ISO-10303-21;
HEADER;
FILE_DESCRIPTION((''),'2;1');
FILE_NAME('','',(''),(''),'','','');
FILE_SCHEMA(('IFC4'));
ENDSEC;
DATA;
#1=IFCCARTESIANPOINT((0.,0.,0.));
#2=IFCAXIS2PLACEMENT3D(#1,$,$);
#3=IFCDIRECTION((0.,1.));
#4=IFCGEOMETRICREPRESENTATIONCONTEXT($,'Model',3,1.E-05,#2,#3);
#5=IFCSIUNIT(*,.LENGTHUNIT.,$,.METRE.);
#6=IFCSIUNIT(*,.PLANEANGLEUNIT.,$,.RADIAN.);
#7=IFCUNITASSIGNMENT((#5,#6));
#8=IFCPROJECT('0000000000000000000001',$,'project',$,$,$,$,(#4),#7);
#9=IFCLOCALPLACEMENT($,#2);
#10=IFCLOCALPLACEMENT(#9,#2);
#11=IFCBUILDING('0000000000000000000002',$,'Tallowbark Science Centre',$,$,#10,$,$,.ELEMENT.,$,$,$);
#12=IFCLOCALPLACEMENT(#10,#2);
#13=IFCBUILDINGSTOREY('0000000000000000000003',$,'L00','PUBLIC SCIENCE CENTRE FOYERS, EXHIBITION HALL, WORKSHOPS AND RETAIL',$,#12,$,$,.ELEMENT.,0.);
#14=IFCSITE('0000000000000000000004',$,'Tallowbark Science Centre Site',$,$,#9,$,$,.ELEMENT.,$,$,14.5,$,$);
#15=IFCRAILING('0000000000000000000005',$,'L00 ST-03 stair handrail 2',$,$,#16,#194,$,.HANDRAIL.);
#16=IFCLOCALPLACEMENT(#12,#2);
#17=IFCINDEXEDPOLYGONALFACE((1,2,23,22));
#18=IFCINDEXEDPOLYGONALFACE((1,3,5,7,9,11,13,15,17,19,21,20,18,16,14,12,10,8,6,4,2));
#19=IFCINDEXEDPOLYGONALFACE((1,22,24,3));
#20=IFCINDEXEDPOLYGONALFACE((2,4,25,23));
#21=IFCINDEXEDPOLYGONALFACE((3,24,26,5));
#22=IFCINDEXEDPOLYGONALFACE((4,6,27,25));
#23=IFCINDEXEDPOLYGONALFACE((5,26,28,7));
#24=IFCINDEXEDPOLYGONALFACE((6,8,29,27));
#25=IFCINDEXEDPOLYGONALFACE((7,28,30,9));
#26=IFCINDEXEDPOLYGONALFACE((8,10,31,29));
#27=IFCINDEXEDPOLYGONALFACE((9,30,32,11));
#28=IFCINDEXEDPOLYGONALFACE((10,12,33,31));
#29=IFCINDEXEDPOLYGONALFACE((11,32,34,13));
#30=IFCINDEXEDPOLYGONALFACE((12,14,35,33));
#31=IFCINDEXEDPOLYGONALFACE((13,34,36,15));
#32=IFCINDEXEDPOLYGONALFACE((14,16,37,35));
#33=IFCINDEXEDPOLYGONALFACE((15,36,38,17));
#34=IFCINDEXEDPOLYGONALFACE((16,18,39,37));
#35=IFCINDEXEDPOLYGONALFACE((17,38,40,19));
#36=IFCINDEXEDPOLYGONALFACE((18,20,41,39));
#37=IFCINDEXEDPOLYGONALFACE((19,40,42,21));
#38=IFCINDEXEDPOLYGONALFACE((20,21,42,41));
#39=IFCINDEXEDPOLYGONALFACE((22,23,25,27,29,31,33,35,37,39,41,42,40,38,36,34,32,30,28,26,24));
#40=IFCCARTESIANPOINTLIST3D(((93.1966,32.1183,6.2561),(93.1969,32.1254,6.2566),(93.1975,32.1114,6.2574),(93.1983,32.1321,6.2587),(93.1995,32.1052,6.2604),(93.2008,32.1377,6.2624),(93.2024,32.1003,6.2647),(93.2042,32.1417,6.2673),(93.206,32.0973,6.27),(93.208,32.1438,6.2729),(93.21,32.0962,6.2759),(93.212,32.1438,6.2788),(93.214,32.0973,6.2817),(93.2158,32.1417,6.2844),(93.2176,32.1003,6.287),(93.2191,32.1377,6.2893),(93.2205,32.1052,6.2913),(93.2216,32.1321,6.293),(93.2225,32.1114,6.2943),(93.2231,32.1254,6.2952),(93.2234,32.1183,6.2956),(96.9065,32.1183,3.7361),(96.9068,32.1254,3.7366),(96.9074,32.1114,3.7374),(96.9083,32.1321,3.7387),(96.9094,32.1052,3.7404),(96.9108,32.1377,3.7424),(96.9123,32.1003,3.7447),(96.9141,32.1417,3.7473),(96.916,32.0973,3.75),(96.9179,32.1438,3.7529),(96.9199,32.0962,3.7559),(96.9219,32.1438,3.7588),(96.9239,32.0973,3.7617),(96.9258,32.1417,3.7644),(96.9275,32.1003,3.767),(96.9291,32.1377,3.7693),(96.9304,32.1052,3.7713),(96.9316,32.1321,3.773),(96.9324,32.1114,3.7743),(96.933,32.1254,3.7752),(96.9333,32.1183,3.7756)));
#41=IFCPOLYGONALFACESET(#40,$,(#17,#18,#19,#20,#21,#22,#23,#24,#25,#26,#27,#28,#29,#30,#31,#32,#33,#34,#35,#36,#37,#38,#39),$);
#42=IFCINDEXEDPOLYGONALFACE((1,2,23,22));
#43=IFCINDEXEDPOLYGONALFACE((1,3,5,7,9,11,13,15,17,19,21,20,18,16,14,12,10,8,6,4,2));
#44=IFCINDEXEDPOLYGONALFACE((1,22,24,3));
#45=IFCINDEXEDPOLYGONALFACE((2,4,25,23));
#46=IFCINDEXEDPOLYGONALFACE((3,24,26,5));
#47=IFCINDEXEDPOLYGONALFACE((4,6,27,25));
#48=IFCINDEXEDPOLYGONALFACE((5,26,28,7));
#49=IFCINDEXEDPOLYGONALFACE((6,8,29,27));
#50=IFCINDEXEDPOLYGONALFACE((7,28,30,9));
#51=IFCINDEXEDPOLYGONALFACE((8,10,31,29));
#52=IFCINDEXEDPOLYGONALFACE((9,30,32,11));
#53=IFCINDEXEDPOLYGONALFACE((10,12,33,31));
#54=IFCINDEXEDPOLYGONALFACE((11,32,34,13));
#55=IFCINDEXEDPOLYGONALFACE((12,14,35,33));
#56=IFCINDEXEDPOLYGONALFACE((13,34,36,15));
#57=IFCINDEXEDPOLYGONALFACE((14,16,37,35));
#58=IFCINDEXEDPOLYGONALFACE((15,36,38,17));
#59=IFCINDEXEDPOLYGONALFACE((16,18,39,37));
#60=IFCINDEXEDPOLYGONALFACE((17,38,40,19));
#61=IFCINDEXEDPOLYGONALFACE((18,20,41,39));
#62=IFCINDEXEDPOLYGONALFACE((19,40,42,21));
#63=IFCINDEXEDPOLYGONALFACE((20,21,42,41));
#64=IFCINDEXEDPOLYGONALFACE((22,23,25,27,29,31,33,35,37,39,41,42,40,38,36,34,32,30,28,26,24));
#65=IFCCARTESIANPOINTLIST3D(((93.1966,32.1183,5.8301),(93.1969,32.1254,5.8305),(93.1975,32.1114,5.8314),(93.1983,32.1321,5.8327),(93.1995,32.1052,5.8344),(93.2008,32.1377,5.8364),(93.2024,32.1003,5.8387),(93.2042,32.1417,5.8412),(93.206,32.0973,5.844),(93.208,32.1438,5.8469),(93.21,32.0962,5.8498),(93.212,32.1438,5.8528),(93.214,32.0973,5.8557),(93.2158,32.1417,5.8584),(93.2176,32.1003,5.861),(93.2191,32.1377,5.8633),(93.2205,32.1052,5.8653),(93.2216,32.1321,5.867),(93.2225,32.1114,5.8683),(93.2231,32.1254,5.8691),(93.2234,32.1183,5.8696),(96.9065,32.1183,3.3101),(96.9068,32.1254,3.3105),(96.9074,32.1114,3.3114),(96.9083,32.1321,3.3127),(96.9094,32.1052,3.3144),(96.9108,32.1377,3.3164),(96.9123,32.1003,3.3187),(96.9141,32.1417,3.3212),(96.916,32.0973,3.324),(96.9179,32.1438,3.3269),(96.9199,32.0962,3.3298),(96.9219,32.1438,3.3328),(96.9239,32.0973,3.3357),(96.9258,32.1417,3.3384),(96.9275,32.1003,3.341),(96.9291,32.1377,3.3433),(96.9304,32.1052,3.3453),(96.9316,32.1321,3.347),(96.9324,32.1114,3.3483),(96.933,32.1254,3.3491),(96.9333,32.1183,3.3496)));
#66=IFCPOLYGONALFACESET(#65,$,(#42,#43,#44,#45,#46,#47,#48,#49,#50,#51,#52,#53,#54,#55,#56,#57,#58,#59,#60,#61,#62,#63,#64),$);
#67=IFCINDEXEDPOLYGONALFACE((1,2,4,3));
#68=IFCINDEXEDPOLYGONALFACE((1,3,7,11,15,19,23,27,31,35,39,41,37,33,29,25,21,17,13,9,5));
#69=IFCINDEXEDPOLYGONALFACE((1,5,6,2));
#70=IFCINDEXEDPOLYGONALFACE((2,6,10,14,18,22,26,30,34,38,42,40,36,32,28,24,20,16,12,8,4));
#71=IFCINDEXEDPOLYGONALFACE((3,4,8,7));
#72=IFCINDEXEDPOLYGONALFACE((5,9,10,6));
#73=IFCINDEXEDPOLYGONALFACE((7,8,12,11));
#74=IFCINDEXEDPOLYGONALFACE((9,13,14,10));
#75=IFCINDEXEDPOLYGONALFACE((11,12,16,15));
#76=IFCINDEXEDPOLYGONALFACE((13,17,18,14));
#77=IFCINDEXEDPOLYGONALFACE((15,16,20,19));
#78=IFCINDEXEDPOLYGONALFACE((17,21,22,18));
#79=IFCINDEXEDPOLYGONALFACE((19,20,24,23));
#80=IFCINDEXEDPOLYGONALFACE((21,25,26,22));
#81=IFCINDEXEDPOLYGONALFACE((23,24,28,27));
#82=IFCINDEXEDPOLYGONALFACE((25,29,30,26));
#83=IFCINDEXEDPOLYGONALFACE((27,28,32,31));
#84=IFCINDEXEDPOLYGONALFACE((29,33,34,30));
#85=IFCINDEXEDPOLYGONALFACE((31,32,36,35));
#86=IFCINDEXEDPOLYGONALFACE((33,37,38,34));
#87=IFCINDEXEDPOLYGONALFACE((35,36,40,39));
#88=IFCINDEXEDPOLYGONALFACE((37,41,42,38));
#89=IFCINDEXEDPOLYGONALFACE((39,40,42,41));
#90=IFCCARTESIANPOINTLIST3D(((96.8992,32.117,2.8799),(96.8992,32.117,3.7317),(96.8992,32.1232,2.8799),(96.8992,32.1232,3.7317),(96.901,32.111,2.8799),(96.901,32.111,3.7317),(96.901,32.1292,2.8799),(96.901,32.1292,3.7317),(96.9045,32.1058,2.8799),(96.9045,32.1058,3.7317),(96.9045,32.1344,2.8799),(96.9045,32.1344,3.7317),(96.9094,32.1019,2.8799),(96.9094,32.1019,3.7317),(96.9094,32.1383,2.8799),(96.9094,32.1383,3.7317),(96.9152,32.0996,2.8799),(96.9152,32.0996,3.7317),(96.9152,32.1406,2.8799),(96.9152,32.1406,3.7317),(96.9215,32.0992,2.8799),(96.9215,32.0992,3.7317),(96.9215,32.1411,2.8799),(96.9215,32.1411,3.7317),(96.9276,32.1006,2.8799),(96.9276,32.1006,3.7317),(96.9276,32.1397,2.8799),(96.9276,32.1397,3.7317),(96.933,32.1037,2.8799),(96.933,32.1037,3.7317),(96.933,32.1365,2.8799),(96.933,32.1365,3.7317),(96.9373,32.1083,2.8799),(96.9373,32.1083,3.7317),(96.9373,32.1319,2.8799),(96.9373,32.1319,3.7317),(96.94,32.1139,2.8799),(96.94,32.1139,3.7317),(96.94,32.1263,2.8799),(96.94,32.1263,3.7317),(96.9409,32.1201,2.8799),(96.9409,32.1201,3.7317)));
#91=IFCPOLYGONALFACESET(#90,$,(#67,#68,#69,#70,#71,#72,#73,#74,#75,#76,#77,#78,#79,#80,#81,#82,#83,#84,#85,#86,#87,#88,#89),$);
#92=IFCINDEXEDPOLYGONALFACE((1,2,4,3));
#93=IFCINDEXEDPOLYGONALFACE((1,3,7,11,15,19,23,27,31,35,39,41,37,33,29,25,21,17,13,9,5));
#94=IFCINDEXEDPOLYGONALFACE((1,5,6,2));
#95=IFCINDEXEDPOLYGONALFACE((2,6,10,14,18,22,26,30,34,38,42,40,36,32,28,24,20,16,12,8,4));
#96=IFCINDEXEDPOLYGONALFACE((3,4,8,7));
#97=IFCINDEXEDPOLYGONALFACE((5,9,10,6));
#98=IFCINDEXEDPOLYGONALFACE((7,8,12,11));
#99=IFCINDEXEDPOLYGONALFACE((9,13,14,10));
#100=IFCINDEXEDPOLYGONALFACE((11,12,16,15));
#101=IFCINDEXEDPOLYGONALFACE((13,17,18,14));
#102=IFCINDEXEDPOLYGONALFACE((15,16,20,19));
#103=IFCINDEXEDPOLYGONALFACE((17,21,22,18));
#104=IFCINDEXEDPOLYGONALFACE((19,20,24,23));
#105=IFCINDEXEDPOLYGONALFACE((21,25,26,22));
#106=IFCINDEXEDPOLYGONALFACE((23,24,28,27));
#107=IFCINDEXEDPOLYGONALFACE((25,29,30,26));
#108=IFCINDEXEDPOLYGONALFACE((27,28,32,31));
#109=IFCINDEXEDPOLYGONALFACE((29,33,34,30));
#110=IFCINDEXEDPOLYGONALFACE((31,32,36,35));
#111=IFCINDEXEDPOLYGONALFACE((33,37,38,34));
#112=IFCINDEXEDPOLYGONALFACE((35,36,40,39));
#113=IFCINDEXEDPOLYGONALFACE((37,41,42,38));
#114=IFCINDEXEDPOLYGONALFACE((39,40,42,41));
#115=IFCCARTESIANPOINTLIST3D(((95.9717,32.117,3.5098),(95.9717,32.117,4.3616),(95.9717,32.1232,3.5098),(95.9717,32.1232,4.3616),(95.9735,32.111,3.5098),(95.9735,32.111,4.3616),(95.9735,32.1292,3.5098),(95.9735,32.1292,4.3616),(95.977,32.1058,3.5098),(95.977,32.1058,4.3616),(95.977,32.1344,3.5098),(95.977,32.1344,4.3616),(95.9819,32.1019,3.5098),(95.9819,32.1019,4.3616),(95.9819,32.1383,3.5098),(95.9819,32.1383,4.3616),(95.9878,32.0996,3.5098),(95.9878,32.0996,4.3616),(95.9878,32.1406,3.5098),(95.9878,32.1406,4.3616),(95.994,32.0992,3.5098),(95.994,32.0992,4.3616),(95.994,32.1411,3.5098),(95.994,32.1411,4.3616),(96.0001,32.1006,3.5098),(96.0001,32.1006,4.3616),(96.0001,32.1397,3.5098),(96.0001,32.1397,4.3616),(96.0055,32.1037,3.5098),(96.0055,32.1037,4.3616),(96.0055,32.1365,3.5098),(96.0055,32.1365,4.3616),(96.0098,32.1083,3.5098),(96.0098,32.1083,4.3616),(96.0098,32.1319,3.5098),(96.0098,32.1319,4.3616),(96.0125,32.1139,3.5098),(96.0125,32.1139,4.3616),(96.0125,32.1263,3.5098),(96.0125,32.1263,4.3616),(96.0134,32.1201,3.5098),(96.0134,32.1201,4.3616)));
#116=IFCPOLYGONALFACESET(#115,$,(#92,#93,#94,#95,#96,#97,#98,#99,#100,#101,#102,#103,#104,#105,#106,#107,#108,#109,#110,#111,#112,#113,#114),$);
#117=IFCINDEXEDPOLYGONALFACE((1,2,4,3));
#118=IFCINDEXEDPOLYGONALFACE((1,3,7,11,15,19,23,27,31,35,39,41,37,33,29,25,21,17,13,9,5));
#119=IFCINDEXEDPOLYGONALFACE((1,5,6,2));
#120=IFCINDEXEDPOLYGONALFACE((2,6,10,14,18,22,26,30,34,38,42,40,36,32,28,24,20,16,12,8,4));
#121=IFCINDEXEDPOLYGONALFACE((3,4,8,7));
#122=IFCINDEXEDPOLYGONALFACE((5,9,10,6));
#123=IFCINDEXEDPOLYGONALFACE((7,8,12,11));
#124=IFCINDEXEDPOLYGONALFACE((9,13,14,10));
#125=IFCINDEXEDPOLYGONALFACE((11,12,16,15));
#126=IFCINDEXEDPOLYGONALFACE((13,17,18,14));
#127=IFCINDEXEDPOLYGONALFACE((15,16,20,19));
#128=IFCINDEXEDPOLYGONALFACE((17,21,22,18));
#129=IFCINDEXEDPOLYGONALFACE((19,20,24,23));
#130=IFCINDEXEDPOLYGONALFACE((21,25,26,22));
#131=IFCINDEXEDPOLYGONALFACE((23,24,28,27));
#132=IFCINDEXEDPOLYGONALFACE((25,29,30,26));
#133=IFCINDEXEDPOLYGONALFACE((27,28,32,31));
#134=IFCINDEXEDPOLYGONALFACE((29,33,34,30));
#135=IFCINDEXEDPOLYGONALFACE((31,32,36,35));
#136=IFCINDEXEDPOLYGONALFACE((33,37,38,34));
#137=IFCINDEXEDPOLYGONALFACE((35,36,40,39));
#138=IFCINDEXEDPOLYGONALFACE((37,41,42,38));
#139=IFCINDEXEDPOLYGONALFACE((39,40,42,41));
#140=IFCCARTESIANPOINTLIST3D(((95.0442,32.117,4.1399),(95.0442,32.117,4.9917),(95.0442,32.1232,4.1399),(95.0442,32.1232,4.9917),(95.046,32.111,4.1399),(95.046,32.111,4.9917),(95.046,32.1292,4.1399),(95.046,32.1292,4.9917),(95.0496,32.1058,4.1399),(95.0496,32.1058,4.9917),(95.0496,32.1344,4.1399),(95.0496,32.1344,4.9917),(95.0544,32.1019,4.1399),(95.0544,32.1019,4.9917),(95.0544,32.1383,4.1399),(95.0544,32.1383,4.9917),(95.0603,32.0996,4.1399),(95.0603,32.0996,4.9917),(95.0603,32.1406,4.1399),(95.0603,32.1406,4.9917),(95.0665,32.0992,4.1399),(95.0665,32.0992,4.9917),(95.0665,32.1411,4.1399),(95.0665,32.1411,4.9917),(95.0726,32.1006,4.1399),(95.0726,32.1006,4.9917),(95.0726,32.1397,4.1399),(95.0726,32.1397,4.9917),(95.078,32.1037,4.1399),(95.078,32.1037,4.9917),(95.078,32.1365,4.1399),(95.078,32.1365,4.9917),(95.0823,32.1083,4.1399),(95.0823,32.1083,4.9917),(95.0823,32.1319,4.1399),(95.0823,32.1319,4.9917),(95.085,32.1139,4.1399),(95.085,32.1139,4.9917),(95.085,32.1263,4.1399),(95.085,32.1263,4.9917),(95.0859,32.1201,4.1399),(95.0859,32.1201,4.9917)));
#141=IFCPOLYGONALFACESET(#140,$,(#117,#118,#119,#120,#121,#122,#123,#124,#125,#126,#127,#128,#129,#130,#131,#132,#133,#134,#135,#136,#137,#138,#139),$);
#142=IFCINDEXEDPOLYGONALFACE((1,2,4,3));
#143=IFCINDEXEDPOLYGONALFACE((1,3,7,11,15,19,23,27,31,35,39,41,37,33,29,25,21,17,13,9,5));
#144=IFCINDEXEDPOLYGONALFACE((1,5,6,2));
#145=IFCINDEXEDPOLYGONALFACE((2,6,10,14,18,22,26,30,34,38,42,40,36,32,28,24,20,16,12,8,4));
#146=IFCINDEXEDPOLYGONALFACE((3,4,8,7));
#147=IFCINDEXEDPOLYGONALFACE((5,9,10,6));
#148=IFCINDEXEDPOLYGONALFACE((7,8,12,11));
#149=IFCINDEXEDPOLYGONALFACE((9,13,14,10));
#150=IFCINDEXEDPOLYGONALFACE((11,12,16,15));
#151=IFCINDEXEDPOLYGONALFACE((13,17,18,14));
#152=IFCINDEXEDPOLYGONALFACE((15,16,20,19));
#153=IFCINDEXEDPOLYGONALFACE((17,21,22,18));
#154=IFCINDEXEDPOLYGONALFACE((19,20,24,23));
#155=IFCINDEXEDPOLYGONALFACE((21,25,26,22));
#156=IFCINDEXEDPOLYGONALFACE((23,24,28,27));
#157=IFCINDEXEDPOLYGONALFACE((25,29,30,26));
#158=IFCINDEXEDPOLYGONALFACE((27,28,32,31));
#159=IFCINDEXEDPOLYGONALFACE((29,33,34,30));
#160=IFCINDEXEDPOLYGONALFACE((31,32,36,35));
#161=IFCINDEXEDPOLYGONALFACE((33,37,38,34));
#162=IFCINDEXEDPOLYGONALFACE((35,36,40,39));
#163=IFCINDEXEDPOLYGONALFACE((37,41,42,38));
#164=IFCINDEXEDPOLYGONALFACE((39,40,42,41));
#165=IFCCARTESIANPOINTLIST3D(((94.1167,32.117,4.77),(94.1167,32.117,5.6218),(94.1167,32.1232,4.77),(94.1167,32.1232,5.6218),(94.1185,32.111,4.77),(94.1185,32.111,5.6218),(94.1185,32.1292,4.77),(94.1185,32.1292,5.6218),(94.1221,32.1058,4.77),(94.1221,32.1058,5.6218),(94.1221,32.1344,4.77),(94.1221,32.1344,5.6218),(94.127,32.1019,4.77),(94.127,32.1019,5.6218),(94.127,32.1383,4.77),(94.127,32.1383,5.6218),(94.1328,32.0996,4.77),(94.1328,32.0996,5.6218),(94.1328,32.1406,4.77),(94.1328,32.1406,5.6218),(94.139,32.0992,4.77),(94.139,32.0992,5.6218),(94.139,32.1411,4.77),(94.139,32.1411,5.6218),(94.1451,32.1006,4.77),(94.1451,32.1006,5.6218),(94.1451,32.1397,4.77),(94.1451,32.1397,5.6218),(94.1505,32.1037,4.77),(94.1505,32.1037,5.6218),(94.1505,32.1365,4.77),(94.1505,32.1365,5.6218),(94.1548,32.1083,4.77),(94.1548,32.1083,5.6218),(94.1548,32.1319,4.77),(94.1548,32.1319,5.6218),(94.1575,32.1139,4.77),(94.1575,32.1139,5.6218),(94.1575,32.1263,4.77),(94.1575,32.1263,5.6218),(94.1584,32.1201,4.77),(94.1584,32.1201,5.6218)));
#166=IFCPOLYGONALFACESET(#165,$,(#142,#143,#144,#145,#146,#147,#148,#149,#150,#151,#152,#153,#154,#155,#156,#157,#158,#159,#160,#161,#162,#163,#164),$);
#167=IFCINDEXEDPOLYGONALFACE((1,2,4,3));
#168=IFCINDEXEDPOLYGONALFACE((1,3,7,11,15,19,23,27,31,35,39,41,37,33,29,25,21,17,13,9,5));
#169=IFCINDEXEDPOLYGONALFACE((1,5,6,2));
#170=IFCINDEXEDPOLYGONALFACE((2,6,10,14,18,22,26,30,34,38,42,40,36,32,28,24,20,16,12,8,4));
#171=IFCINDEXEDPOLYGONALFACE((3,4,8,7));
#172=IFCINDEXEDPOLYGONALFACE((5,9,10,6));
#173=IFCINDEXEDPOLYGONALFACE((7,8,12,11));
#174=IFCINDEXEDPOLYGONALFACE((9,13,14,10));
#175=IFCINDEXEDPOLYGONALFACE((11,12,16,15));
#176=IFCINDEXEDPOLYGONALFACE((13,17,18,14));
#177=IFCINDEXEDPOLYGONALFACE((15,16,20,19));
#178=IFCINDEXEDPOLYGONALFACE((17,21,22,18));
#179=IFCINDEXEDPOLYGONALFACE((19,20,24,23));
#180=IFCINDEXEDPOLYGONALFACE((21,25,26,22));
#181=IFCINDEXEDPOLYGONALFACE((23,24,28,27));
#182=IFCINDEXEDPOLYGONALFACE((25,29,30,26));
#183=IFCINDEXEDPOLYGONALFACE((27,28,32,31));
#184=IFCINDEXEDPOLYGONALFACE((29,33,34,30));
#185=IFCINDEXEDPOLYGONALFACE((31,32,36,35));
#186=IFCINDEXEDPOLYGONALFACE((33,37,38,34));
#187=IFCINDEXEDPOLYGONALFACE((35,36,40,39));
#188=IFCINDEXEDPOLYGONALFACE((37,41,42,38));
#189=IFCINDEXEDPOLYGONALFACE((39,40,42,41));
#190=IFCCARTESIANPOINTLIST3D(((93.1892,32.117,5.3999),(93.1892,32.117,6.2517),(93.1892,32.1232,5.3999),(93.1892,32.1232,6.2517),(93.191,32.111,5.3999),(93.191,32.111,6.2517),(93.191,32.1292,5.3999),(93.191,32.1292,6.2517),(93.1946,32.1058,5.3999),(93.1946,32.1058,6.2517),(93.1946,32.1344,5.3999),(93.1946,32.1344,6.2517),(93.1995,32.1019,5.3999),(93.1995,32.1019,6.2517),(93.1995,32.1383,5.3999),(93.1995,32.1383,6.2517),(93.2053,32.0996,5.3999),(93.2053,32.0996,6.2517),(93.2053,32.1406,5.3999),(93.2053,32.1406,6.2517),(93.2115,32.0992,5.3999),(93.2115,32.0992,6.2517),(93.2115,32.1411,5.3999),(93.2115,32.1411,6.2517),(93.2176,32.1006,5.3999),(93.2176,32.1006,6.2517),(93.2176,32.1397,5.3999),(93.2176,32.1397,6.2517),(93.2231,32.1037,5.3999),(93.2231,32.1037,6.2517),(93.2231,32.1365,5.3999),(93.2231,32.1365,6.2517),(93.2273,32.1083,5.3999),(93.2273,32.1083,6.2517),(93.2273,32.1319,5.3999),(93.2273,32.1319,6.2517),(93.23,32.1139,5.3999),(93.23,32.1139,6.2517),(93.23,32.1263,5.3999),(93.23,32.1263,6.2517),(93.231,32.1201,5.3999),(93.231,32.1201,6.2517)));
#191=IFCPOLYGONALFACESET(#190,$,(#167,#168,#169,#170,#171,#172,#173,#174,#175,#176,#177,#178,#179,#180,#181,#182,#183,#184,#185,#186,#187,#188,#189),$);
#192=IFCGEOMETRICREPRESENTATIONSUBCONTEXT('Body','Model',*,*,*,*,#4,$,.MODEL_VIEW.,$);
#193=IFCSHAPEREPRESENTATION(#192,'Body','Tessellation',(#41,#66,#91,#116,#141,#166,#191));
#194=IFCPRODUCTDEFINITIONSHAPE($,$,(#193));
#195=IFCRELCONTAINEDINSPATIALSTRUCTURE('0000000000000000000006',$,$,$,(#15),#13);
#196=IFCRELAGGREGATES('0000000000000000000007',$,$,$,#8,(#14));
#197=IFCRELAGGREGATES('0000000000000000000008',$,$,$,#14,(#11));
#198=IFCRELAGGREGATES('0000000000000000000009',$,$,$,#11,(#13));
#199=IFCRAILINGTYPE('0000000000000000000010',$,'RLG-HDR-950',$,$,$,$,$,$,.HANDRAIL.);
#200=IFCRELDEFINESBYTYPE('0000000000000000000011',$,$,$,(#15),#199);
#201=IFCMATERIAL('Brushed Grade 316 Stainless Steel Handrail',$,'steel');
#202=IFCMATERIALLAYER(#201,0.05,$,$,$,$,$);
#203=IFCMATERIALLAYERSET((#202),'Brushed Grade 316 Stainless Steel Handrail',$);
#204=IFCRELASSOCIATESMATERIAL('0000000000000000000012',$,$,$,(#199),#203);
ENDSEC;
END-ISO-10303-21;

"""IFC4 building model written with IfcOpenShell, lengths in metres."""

from ifc_helpers import new_model, si_unit, direction, frame, origin, origin_2d, place, context, subcontext, project, spatial, circle, extrude, material, layer, layer_set, type_object, element, save


model = new_model("IFC4")

# Units and contexts
model_context = context("Model", 3, precision=1e-05, world=origin(), true_north=direction((0.0, 1.0)))
body_context = subcontext(model_context, "Body", "Model", "MODEL_VIEW")
ifc_project = project(units=[si_unit("LENGTHUNIT", "METRE"), si_unit("PLANEANGLEUNIT", "RADIAN")], contexts=[model_context])

# Site, building, storey
site_placement = place(None, origin())
site = spatial("IfcSite", under=ifc_project, at=site_placement, Name="Tallowbark Science Centre Site", CompositionType="ELEMENT", RefElevation=14.5)
building_placement = place(site_placement, origin())
building = spatial("IfcBuilding", under=site, at=building_placement, Name="Tallowbark Science Centre", CompositionType="ELEMENT")
storey_placement = place(building_placement, origin())
storey = spatial("IfcBuildingStorey", under=building, at=storey_placement, Name="L00", Description="PUBLIC SCIENCE CENTRE FOYERS, EXHIBITION HALL, WORKSHOPS AND RETAIL", CompositionType="ELEMENT", Elevation=0.0)

# Railing
ifc_material_1 = material(Name="Brushed Grade 316 Stainless Steel Handrail", Category="steel")
ifc_layer_1 = layer(ifc_material_1, 0.05)
ifc_layer_set_1 = layer_set([ifc_layer_1], Name="Brushed Grade 316 Stainless Steel Handrail")
railing_type = type_object("IfcRailingType", Name="RLG-HDR-950", PredefinedType="HANDRAIL", material=ifc_layer_set_1)
railing_placement = place(storey_placement, frame((96.9199, 32.1201, 2.8799)))
element("IfcRailing", 1, at=railing_placement, inside=storey, type_object=railing_type, Name="L00 ST-03 stair handrail 2", PredefinedType="HANDRAIL", context=body_context, shape_type="SweptSolid", body=[
    extrude(circle(Radius=0.0239, at=origin_2d()), frame((0.0, 0.0, 0.876), z_axis=(-0.827212, 0.0, 0.56189), x_axis=(0.0, -1.0, 0.0)), (0.0, 0.0, 1.0), 4.4849),
    extrude(circle(Radius=0.0239, at=origin_2d()), frame((0.0, 0.0, 0.45), z_axis=(-0.827212, 0.0, 0.56189), x_axis=(0.0, -1.0, 0.0)), (0.0, 0.0, 1.0), 4.4849),
    extrude(circle(Radius=0.021, at=origin_2d()), origin(), (0.0, 0.0, 1.0), 0.8518),
    extrude(circle(Radius=0.021, at=origin_2d()), frame((-0.9275, 0.0, 0.6299)), (0.0, 0.0, 1.0), 0.8518),
    extrude(circle(Radius=0.021, at=origin_2d()), frame((-1.855, 0.0, 1.26)), (0.0, 0.0, 1.0), 0.8518),
    extrude(circle(Radius=0.021, at=origin_2d()), frame((-2.7825, 0.0, 1.8901)), (0.0, 0.0, 1.0), 0.8518),
    extrude(circle(Radius=0.021, at=origin_2d()), frame((-3.71, 0.0, 2.52)), (0.0, 0.0, 1.0), 0.8518),
])

save(model, "model.ifc")
